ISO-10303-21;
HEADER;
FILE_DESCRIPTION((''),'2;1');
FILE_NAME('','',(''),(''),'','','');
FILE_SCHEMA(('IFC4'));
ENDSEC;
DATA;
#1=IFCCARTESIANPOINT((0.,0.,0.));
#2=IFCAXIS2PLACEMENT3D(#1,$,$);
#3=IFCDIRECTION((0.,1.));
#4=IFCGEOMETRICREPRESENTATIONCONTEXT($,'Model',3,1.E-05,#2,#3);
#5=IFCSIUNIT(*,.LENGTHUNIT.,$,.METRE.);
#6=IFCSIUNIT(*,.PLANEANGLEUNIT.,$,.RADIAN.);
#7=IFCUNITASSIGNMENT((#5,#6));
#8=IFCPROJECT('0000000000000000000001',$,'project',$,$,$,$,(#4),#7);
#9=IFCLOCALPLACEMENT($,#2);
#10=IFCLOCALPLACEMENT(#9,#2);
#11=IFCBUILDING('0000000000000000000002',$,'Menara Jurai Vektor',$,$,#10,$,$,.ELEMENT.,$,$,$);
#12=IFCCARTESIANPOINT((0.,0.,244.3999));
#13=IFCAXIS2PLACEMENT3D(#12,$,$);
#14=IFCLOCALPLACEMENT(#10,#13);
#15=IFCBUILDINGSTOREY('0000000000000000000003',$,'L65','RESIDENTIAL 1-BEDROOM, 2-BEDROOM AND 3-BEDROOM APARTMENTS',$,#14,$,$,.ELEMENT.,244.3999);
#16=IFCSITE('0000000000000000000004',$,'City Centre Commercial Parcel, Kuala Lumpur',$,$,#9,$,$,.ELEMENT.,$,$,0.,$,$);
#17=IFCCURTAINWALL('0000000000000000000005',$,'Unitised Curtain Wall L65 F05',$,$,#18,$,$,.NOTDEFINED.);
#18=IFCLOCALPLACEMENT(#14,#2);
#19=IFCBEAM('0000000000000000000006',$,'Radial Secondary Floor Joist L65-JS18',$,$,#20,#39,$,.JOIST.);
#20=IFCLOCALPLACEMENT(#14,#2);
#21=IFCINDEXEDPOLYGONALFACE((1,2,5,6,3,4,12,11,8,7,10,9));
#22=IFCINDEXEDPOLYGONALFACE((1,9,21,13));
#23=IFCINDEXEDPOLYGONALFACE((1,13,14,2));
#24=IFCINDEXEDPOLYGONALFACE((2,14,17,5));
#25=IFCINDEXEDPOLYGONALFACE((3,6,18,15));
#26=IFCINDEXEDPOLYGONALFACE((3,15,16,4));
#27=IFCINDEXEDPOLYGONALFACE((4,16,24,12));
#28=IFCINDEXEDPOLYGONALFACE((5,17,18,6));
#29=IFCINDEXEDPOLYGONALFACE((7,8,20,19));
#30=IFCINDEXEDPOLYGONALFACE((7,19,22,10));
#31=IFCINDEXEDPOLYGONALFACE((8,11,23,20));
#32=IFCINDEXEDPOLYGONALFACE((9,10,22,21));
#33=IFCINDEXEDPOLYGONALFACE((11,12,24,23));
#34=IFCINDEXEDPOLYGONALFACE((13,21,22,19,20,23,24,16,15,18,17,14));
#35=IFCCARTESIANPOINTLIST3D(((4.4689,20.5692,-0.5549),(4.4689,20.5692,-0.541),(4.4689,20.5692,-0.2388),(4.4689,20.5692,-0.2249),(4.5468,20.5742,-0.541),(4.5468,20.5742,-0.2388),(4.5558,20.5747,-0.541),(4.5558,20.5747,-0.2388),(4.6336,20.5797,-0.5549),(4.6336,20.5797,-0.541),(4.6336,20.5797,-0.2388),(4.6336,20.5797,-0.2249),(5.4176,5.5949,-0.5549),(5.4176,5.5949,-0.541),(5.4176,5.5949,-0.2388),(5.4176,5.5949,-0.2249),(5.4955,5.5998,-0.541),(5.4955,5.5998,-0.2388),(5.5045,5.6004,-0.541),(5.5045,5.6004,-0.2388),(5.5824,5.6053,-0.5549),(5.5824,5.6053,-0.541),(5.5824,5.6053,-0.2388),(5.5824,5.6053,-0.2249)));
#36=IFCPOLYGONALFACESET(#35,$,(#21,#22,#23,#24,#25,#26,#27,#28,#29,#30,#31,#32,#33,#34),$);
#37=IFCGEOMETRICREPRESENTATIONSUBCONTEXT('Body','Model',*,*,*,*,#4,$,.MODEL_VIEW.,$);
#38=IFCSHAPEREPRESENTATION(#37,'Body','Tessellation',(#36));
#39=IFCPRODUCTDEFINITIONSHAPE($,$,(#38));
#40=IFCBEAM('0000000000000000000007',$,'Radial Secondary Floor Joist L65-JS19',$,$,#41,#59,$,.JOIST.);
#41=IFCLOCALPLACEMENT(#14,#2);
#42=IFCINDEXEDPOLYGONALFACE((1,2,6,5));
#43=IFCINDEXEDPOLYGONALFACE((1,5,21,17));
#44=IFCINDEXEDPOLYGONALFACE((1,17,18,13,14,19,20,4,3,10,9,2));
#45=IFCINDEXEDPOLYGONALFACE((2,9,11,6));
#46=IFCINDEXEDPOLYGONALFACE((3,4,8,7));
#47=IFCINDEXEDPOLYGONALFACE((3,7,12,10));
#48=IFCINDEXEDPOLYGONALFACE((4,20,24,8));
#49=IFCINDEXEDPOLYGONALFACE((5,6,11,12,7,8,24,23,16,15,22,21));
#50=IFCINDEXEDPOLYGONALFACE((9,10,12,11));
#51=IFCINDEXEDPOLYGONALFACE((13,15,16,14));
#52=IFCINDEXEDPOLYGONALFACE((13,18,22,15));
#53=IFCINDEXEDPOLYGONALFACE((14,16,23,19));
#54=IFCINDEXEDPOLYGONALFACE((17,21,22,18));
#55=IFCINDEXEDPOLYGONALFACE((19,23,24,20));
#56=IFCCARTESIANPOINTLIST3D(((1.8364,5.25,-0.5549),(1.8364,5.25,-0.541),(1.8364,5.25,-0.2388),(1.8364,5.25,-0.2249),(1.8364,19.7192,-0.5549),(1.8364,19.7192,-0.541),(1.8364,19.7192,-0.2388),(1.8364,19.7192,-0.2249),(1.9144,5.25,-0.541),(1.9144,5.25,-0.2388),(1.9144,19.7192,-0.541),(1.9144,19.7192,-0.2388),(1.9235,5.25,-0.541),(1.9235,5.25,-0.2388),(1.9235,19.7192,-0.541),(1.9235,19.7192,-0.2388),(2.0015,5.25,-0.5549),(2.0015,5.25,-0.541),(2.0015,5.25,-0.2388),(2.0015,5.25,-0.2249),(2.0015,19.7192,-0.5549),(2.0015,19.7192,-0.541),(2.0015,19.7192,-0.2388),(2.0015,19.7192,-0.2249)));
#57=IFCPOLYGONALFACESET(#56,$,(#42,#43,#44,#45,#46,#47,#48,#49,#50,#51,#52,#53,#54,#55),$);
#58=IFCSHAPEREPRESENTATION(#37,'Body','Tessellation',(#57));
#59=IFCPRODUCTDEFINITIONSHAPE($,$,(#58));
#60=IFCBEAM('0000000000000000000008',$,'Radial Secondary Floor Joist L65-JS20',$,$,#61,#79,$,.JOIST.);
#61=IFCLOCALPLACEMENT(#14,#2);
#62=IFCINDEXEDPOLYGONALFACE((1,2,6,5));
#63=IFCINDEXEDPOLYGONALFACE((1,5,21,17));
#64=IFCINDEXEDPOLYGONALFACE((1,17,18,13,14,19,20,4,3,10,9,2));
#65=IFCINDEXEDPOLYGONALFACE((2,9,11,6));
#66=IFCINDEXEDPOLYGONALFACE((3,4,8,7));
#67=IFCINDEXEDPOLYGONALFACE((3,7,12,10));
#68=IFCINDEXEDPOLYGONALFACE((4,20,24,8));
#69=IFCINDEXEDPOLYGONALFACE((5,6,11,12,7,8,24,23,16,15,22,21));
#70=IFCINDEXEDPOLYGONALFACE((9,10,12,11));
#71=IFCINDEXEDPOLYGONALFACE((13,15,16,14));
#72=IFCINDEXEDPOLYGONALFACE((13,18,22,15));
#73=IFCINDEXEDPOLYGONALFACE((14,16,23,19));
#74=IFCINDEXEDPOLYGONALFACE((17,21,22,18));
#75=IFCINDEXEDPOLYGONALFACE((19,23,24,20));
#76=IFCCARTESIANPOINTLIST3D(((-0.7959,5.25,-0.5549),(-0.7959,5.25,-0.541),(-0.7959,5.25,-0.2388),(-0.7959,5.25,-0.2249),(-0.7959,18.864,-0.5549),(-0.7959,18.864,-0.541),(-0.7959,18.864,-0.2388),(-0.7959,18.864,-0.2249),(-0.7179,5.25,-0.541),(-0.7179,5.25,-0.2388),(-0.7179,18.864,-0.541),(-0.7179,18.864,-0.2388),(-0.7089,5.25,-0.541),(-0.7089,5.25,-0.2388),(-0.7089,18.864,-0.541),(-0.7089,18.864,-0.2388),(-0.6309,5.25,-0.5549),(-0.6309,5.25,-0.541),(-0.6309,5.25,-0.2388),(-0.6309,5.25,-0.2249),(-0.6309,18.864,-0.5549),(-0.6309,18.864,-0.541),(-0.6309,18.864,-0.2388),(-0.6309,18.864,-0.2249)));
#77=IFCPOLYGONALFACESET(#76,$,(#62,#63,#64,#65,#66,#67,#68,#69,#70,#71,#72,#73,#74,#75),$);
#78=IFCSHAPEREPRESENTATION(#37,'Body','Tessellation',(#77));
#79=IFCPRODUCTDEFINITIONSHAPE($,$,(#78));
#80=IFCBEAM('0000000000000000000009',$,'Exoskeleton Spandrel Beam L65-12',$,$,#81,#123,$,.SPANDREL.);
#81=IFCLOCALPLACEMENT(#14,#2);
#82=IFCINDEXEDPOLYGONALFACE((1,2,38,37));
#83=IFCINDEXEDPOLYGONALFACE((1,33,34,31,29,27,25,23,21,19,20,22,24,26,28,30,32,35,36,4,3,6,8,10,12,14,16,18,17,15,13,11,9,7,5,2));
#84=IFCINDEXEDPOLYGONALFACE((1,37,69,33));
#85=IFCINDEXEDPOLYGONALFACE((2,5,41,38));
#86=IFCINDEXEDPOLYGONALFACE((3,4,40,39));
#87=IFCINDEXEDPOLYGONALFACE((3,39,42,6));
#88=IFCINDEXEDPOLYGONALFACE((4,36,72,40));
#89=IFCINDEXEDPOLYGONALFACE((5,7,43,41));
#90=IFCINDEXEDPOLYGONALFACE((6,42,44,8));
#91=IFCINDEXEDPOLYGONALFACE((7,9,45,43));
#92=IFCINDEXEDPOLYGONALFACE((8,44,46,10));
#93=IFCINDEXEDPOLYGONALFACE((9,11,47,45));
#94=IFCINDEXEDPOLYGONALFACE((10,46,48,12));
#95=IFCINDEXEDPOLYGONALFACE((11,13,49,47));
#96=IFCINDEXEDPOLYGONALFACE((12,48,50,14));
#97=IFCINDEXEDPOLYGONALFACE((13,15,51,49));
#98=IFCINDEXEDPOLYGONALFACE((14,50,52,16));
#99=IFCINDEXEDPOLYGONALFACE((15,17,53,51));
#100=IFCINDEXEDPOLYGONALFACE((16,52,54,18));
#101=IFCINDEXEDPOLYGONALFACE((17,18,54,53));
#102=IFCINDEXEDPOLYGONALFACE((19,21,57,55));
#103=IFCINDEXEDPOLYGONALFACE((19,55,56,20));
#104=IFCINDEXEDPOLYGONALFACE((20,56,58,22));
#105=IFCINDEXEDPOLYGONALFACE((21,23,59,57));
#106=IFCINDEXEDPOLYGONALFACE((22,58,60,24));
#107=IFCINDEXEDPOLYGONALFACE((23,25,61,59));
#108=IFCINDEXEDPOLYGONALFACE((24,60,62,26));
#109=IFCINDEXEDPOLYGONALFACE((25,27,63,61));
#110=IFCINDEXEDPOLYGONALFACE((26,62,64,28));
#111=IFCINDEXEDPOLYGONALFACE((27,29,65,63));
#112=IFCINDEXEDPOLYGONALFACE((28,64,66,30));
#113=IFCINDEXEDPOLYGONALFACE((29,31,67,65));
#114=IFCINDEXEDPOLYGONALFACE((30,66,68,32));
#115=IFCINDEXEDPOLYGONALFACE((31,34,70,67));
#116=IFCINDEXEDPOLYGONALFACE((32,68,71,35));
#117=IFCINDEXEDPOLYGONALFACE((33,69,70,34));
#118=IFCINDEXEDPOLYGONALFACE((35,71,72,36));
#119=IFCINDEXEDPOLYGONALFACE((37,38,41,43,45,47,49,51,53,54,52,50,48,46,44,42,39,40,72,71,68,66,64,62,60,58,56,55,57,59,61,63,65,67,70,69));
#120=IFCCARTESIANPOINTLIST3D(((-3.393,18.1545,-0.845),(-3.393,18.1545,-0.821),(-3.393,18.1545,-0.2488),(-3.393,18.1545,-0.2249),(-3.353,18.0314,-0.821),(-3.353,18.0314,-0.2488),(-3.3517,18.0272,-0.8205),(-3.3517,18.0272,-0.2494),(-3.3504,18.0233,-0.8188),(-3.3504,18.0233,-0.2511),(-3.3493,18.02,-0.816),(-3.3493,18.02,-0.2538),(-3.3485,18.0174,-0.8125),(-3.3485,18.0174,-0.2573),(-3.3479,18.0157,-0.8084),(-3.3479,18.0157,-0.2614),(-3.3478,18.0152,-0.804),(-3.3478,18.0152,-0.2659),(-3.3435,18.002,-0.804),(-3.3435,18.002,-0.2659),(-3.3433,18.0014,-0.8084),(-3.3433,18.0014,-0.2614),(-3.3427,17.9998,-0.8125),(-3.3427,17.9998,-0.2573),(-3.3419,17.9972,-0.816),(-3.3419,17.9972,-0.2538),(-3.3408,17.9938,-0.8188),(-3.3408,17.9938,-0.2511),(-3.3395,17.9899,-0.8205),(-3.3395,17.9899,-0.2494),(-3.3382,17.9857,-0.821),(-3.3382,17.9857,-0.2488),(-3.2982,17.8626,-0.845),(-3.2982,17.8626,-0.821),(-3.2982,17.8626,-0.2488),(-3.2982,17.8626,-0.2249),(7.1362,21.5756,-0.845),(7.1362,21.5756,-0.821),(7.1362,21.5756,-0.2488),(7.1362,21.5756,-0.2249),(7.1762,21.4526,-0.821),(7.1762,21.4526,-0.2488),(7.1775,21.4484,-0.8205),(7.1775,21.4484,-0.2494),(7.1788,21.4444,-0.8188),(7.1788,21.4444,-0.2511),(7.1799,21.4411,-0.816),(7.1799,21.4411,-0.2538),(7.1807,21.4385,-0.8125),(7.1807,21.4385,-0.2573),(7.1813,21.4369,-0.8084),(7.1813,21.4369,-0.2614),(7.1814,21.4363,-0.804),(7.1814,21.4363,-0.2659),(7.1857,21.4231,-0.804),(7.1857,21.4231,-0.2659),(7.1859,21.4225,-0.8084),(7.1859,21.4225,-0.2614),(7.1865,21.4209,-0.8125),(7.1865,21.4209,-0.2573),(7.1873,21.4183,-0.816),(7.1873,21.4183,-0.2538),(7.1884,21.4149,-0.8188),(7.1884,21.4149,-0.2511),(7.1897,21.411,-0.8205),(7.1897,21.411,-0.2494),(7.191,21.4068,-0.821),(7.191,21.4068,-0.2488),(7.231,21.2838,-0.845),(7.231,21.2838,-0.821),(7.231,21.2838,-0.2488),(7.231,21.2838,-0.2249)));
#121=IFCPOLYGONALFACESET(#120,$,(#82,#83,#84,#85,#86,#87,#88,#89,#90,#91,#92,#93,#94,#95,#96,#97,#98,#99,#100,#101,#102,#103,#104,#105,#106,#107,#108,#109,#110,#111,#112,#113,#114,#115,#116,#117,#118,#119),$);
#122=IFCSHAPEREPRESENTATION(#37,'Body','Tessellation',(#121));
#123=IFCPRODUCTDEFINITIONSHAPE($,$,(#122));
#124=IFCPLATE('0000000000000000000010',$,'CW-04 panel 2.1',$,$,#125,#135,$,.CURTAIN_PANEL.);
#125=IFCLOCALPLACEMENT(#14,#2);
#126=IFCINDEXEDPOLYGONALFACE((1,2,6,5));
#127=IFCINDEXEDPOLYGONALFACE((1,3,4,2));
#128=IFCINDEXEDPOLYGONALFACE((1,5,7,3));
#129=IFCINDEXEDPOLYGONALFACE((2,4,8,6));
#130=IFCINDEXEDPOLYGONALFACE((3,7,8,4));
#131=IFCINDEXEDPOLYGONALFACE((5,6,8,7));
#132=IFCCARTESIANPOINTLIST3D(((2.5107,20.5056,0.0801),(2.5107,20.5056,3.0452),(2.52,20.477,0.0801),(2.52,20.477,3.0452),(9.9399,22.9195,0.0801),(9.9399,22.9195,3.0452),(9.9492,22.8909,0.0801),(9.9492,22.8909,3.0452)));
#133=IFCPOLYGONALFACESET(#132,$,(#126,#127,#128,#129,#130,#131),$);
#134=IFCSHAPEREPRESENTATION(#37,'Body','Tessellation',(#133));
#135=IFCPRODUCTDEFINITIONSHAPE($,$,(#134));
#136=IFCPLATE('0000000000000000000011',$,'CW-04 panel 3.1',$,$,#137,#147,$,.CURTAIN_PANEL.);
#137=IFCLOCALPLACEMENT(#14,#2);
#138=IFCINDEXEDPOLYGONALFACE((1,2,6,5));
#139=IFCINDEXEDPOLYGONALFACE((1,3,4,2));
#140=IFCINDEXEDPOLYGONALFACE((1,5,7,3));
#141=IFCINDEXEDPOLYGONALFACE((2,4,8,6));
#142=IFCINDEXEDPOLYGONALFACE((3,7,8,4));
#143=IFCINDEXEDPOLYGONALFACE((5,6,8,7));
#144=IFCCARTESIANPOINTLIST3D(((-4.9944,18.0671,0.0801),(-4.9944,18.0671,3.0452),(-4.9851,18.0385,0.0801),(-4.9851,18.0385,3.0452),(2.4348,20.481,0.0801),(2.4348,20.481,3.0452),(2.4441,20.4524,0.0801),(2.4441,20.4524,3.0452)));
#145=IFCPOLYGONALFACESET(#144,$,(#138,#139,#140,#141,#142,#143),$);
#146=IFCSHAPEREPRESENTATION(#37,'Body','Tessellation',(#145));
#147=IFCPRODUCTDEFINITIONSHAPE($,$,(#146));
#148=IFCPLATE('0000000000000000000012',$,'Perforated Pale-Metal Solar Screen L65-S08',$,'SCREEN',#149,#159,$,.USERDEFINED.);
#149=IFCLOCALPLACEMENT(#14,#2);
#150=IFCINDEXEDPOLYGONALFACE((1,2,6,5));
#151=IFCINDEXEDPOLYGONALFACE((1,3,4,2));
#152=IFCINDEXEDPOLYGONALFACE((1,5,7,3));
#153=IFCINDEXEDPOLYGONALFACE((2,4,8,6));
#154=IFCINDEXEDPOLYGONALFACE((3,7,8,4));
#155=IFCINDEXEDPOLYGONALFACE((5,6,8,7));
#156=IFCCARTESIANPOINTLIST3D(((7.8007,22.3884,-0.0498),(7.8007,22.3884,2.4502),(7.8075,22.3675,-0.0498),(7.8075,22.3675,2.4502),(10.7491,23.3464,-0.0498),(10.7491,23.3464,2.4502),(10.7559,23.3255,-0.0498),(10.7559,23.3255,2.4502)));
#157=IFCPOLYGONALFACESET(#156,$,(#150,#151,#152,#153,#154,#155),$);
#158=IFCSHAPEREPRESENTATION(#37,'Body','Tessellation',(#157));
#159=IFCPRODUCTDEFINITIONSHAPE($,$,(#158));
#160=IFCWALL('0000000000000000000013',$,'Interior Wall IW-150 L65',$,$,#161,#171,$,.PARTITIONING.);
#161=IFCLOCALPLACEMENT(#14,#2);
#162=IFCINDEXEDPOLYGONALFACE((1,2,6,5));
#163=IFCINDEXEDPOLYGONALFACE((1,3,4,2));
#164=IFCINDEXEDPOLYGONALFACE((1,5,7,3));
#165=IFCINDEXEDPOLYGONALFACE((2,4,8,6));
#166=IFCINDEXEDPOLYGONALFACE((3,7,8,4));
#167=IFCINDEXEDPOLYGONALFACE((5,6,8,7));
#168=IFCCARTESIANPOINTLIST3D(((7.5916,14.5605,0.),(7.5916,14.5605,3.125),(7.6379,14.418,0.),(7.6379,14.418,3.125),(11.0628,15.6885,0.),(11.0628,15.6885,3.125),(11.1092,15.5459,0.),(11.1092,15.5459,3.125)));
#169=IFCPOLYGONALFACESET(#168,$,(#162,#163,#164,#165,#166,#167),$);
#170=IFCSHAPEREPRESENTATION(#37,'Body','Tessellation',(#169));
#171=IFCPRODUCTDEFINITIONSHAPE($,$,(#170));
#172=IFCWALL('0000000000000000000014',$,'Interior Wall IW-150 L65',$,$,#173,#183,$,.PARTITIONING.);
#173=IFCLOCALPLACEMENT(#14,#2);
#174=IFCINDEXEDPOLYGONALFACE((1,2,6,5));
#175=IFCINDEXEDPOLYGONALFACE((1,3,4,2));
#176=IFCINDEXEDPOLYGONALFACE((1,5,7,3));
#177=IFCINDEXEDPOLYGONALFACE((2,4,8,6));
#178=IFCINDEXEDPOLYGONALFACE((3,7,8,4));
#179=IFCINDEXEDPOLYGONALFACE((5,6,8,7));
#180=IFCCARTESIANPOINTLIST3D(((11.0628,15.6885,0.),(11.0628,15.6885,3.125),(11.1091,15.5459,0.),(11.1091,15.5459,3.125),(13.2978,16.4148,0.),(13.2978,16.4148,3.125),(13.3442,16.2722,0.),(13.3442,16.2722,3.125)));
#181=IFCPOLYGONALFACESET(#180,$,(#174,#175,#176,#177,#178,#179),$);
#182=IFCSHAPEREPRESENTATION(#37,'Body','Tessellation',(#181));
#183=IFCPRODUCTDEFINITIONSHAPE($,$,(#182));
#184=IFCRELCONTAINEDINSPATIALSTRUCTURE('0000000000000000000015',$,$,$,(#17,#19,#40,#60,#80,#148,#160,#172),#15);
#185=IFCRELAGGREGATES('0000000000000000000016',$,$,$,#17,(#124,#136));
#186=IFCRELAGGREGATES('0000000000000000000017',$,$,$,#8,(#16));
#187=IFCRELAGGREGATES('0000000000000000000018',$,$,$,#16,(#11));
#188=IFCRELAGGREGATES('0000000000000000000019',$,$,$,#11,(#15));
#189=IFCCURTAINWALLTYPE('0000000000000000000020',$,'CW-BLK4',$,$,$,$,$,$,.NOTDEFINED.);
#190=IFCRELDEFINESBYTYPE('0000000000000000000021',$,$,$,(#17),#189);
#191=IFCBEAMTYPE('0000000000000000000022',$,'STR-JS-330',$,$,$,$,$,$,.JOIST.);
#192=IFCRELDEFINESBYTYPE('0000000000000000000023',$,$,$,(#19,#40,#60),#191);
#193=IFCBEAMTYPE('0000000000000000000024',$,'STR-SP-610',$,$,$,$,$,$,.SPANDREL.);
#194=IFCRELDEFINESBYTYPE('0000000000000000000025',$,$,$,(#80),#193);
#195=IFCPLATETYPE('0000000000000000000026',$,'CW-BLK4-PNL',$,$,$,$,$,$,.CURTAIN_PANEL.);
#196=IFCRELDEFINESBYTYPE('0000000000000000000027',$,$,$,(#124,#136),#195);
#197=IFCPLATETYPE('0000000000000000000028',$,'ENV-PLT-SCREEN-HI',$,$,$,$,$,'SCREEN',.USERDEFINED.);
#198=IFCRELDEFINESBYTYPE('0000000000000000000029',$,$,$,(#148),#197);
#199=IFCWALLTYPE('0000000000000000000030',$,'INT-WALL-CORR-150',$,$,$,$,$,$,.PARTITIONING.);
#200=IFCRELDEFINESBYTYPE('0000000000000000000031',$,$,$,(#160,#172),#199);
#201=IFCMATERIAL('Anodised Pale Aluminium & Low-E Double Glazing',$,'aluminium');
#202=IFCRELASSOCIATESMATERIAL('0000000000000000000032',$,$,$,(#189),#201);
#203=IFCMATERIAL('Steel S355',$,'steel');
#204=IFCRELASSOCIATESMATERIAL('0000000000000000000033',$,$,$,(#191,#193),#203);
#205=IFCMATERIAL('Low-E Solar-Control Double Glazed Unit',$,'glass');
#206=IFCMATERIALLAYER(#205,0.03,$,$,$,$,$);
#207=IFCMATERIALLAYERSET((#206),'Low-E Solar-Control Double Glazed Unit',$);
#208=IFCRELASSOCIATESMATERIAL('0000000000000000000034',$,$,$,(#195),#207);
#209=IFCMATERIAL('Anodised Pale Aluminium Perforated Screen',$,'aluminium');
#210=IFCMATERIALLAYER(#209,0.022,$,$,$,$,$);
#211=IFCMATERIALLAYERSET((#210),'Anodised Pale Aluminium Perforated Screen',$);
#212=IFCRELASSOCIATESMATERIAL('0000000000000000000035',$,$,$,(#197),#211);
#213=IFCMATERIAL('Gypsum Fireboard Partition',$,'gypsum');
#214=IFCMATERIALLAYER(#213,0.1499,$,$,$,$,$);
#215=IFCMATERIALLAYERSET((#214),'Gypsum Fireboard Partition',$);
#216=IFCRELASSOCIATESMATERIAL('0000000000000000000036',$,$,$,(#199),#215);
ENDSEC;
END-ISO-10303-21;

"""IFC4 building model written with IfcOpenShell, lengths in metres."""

from ifc_helpers import new_model, si_unit, direction, frame, frame_2d, origin, origin_2d, place, context, subcontext, project, spatial, rectangle, i_section, extrude, material, layer, layer_set, material_profile, profile_set, type_object, element, aggregate, save


model = new_model("IFC4")

# Units and contexts
model_context = context("Model", 3, precision=1e-05, world=origin(), true_north=direction((0.0, 1.0)))
body_context = subcontext(model_context, "Body", "Model", "MODEL_VIEW")
ifc_project = project(units=[si_unit("LENGTHUNIT", "METRE"), si_unit("PLANEANGLEUNIT", "RADIAN")], contexts=[model_context])

# Site, building, storey
site_placement = place(None, origin())
site = spatial("IfcSite", under=ifc_project, at=site_placement, Name="City Centre Commercial Parcel, Kuala Lumpur", CompositionType="ELEMENT", RefElevation=0.0)
building_placement = place(site_placement, origin())
building = spatial("IfcBuilding", under=site, at=building_placement, Name="Menara Jurai Vektor", CompositionType="ELEMENT")
storey_placement = place(building_placement, frame((0.0, 0.0, 244.3999)))
storey = spatial("IfcBuildingStorey", under=building, at=storey_placement, Name="L65", Description="RESIDENTIAL 1-BEDROOM, 2-BEDROOM AND 3-BEDROOM APARTMENTS", CompositionType="ELEMENT", Elevation=244.3999)

# Curtain wall
ifc_material_1 = material(Name="Anodised Pale Aluminium & Low-E Double Glazing", Category="aluminium")
curtain_wall_type = type_object("IfcCurtainWallType", Name="CW-BLK4", PredefinedType="NOTDEFINED", material=ifc_material_1)
curtain_wall_placement = place(storey_placement, origin())
curtain_wall = element("IfcCurtainWall", 1, at=curtain_wall_placement, inside=storey, type_object=curtain_wall_type, Name="Unitised Curtain Wall L65 F05", PredefinedType="NOTDEFINED")

# Beams
ifc_material_2 = material(Name="Steel S355", Category="steel")
ifc_material_profile_1 = material_profile(ifc_material_2, i_section(OverallWidth=0.165, OverallDepth=0.3301, WebThickness=0.009, FlangeThickness=0.0139, at=origin_2d()), Name="PG 330x165x46")
ifc_profile_set_1 = profile_set([ifc_material_profile_1], Name="Steel S355")
beam_type_1 = type_object("IfcBeamType", Name="STR-JS-330", PredefinedType="JOIST", material=ifc_profile_set_1)
beam_1_placement = place(storey_placement, frame((4.5513, 20.5745, -0.3899), z_axis=(0.06323, -0.997999, 0.0), x_axis=(0.997999, 0.06323, 0.0)))
element("IfcBeam", 2, at=beam_1_placement, inside=storey, type_object=beam_type_1, Name="Radial Secondary Floor Joist L65-JS18", PredefinedType="JOIST", context=body_context, shape_type="SweptSolid", body=[
    extrude(i_section(OverallWidth=0.165, OverallDepth=0.3301, WebThickness=0.009, FlangeThickness=0.0139, at=origin_2d()), origin(), (0.0, 0.0, 1.0), 15.0044),
])
beam_2_placement = place(storey_placement, frame((1.9189, 19.7192, -0.3899), z_axis=(0.0, -1.0, 0.0), x_axis=(1.0, 0.0, 0.0)))
element("IfcBeam", 3, at=beam_2_placement, inside=storey, type_object=beam_type_1, Name="Radial Secondary Floor Joist L65-JS19", PredefinedType="JOIST", context=body_context, shape_type="SweptSolid", body=[
    extrude(i_section(OverallWidth=0.165, OverallDepth=0.3301, WebThickness=0.009, FlangeThickness=0.0139, at=origin_2d()), origin(), (0.0, 0.0, 1.0), 14.4692),
])
beam_3_placement = place(storey_placement, frame((-0.7134, 18.864, -0.3899), z_axis=(0.0, -1.0, 0.0), x_axis=(1.0, 0.0, 0.0)))
element("IfcBeam", 4, at=beam_3_placement, inside=storey, type_object=beam_type_1, Name="Radial Secondary Floor Joist L65-JS20", PredefinedType="JOIST", context=body_context, shape_type="SweptSolid", body=[
    extrude(i_section(OverallWidth=0.165, OverallDepth=0.3301, WebThickness=0.009, FlangeThickness=0.0139, at=origin_2d()), origin(), (0.0, 0.0, 1.0), 13.614),
])
ifc_material_profile_2 = material_profile(ifc_material_2, i_section(OverallWidth=0.3069, OverallDepth=0.6201, WebThickness=0.0139, FlangeThickness=0.0239, FilletRadius=0.0171, at=origin_2d()), Name="UKB 610x305x179")
ifc_profile_set_2 = profile_set([ifc_material_profile_2], Name="Steel S355")
beam_type_2 = type_object("IfcBeamType", Name="STR-SP-610", PredefinedType="SPANDREL", material=ifc_profile_set_2)
beam_4_placement = place(storey_placement, frame((7.1836, 21.4297, -0.5349), z_axis=(-0.951057, -0.309014, 0.0), x_axis=(0.309014, -0.951057, 0.0)))
element("IfcBeam", 5, at=beam_4_placement, inside=storey, type_object=beam_type_2, Name="Exoskeleton Spandrel Beam L65-12", PredefinedType="SPANDREL", context=body_context, shape_type="SweptSolid", body=[
    extrude(i_section(OverallWidth=0.3069, OverallDepth=0.6201, WebThickness=0.0139, FlangeThickness=0.0239, FilletRadius=0.0171, at=origin_2d()), origin(), (0.0, 0.0, 1.0), 11.071),
])

# Plates
ifc_material_3 = material(Name="Low-E Solar-Control Double Glazed Unit", Category="glass")
ifc_layer_1 = layer(ifc_material_3, 0.03)
ifc_layer_set_1 = layer_set([ifc_layer_1], Name="Low-E Solar-Control Double Glazed Unit")
plate_type_1 = type_object("IfcPlateType", Name="CW-BLK4-PNL", PredefinedType="CURTAIN_PANEL", material=ifc_layer_set_1)
plate_1_placement = place(storey_placement, frame((6.23, 21.6982, 0.0801), z_axis=(0.0, 0.0, 1.0), x_axis=(-0.951056, -0.309017, 0.0)))
plate_1 = element("IfcPlate", 6, at=plate_1_placement, type_object=plate_type_1, Name="CW-04 panel 2.1", PredefinedType="CURTAIN_PANEL", context=body_context, shape_type="SweptSolid", body=[
    extrude(rectangle(XDim=7.8115, YDim=0.03, at=origin_2d()), origin(), (0.0, 0.0, 1.0), 2.9651),
])
plate_2_placement = place(storey_placement, frame((-1.2751, 19.2598, 0.0801), z_axis=(0.0, 0.0, 1.0), x_axis=(-0.951056, -0.309017, 0.0)))
plate_2 = element("IfcPlate", 7, at=plate_2_placement, type_object=plate_type_1, Name="CW-04 panel 3.1", PredefinedType="CURTAIN_PANEL", context=body_context, shape_type="SweptSolid", body=[
    extrude(rectangle(XDim=7.8115, YDim=0.03, at=origin_2d()), origin(), (0.0, 0.0, 1.0), 2.9651),
])
aggregate(curtain_wall, [plate_1, plate_2])
ifc_material_4 = material(Name="Anodised Pale Aluminium Perforated Screen", Category="aluminium")
ifc_layer_2 = layer(ifc_material_4, 0.022)
ifc_layer_set_2 = layer_set([ifc_layer_2], Name="Anodised Pale Aluminium Perforated Screen")
plate_type_2 = type_object("IfcPlateType", Name="ENV-PLT-SCREEN-HI", ElementType="SCREEN", PredefinedType="USERDEFINED", material=ifc_layer_set_2)
plate_3_placement = place(storey_placement, frame((9.2783, 22.8569, -0.0498), z_axis=(0.0, 0.0, 1.0), x_axis=(-0.951057, -0.309017, 0.0)))
element("IfcPlate", 8, at=plate_3_placement, inside=storey, type_object=plate_type_2, Name="Perforated Pale-Metal Solar Screen L65-S08", ObjectType="SCREEN", PredefinedType="USERDEFINED", context=body_context, shape_type="SweptSolid", body=[
    extrude(rectangle(XDim=3.1001, YDim=0.022, at=origin_2d()), origin(), (0.0, 0.0, 1.0), 2.5),
])

# Walls
ifc_material_5 = material(Name="Gypsum Fireboard Partition", Category="gypsum")
ifc_layer_3 = layer(ifc_material_5, 0.1499)
ifc_layer_set_3 = layer_set([ifc_layer_3], Name="Gypsum Fireboard Partition")
wall_type_1 = type_object("IfcWallType", Name="INT-WALL-CORR-150", PredefinedType="PARTITIONING", material=ifc_layer_set_3)
wall_1_placement = place(storey_placement, frame((7.6147, 14.4893, 0.0), z_axis=(0.0, 0.0, 1.0), x_axis=(0.951051, 0.309035, 0.0)))
element("IfcWall", 9, at=wall_1_placement, inside=storey, type_object=wall_type_1, Name="Interior Wall IW-150 L65", PredefinedType="PARTITIONING", context=body_context, shape_type="SweptSolid", body=[
    extrude(rectangle(XDim=3.6499, YDim=0.1499, at=frame_2d((1.825, 0.0))), origin(), (0.0, 0.0, 1.0), 3.125),
])
wall_2_placement = place(storey_placement, frame((11.0859, 15.6172, 0.0), z_axis=(0.0, 0.0, 1.0), x_axis=(0.951046, 0.309051, 0.0)))
element("IfcWall", 10, at=wall_2_placement, inside=storey, type_object=wall_type_1, Name="Interior Wall IW-150 L65", PredefinedType="PARTITIONING", context=body_context, shape_type="SweptSolid", body=[
    extrude(rectangle(XDim=2.3501, YDim=0.1499, at=frame_2d((1.175, 0.0))), origin(), (0.0, 0.0, 1.0), 3.125),
])

save(model, "model.ifc")
